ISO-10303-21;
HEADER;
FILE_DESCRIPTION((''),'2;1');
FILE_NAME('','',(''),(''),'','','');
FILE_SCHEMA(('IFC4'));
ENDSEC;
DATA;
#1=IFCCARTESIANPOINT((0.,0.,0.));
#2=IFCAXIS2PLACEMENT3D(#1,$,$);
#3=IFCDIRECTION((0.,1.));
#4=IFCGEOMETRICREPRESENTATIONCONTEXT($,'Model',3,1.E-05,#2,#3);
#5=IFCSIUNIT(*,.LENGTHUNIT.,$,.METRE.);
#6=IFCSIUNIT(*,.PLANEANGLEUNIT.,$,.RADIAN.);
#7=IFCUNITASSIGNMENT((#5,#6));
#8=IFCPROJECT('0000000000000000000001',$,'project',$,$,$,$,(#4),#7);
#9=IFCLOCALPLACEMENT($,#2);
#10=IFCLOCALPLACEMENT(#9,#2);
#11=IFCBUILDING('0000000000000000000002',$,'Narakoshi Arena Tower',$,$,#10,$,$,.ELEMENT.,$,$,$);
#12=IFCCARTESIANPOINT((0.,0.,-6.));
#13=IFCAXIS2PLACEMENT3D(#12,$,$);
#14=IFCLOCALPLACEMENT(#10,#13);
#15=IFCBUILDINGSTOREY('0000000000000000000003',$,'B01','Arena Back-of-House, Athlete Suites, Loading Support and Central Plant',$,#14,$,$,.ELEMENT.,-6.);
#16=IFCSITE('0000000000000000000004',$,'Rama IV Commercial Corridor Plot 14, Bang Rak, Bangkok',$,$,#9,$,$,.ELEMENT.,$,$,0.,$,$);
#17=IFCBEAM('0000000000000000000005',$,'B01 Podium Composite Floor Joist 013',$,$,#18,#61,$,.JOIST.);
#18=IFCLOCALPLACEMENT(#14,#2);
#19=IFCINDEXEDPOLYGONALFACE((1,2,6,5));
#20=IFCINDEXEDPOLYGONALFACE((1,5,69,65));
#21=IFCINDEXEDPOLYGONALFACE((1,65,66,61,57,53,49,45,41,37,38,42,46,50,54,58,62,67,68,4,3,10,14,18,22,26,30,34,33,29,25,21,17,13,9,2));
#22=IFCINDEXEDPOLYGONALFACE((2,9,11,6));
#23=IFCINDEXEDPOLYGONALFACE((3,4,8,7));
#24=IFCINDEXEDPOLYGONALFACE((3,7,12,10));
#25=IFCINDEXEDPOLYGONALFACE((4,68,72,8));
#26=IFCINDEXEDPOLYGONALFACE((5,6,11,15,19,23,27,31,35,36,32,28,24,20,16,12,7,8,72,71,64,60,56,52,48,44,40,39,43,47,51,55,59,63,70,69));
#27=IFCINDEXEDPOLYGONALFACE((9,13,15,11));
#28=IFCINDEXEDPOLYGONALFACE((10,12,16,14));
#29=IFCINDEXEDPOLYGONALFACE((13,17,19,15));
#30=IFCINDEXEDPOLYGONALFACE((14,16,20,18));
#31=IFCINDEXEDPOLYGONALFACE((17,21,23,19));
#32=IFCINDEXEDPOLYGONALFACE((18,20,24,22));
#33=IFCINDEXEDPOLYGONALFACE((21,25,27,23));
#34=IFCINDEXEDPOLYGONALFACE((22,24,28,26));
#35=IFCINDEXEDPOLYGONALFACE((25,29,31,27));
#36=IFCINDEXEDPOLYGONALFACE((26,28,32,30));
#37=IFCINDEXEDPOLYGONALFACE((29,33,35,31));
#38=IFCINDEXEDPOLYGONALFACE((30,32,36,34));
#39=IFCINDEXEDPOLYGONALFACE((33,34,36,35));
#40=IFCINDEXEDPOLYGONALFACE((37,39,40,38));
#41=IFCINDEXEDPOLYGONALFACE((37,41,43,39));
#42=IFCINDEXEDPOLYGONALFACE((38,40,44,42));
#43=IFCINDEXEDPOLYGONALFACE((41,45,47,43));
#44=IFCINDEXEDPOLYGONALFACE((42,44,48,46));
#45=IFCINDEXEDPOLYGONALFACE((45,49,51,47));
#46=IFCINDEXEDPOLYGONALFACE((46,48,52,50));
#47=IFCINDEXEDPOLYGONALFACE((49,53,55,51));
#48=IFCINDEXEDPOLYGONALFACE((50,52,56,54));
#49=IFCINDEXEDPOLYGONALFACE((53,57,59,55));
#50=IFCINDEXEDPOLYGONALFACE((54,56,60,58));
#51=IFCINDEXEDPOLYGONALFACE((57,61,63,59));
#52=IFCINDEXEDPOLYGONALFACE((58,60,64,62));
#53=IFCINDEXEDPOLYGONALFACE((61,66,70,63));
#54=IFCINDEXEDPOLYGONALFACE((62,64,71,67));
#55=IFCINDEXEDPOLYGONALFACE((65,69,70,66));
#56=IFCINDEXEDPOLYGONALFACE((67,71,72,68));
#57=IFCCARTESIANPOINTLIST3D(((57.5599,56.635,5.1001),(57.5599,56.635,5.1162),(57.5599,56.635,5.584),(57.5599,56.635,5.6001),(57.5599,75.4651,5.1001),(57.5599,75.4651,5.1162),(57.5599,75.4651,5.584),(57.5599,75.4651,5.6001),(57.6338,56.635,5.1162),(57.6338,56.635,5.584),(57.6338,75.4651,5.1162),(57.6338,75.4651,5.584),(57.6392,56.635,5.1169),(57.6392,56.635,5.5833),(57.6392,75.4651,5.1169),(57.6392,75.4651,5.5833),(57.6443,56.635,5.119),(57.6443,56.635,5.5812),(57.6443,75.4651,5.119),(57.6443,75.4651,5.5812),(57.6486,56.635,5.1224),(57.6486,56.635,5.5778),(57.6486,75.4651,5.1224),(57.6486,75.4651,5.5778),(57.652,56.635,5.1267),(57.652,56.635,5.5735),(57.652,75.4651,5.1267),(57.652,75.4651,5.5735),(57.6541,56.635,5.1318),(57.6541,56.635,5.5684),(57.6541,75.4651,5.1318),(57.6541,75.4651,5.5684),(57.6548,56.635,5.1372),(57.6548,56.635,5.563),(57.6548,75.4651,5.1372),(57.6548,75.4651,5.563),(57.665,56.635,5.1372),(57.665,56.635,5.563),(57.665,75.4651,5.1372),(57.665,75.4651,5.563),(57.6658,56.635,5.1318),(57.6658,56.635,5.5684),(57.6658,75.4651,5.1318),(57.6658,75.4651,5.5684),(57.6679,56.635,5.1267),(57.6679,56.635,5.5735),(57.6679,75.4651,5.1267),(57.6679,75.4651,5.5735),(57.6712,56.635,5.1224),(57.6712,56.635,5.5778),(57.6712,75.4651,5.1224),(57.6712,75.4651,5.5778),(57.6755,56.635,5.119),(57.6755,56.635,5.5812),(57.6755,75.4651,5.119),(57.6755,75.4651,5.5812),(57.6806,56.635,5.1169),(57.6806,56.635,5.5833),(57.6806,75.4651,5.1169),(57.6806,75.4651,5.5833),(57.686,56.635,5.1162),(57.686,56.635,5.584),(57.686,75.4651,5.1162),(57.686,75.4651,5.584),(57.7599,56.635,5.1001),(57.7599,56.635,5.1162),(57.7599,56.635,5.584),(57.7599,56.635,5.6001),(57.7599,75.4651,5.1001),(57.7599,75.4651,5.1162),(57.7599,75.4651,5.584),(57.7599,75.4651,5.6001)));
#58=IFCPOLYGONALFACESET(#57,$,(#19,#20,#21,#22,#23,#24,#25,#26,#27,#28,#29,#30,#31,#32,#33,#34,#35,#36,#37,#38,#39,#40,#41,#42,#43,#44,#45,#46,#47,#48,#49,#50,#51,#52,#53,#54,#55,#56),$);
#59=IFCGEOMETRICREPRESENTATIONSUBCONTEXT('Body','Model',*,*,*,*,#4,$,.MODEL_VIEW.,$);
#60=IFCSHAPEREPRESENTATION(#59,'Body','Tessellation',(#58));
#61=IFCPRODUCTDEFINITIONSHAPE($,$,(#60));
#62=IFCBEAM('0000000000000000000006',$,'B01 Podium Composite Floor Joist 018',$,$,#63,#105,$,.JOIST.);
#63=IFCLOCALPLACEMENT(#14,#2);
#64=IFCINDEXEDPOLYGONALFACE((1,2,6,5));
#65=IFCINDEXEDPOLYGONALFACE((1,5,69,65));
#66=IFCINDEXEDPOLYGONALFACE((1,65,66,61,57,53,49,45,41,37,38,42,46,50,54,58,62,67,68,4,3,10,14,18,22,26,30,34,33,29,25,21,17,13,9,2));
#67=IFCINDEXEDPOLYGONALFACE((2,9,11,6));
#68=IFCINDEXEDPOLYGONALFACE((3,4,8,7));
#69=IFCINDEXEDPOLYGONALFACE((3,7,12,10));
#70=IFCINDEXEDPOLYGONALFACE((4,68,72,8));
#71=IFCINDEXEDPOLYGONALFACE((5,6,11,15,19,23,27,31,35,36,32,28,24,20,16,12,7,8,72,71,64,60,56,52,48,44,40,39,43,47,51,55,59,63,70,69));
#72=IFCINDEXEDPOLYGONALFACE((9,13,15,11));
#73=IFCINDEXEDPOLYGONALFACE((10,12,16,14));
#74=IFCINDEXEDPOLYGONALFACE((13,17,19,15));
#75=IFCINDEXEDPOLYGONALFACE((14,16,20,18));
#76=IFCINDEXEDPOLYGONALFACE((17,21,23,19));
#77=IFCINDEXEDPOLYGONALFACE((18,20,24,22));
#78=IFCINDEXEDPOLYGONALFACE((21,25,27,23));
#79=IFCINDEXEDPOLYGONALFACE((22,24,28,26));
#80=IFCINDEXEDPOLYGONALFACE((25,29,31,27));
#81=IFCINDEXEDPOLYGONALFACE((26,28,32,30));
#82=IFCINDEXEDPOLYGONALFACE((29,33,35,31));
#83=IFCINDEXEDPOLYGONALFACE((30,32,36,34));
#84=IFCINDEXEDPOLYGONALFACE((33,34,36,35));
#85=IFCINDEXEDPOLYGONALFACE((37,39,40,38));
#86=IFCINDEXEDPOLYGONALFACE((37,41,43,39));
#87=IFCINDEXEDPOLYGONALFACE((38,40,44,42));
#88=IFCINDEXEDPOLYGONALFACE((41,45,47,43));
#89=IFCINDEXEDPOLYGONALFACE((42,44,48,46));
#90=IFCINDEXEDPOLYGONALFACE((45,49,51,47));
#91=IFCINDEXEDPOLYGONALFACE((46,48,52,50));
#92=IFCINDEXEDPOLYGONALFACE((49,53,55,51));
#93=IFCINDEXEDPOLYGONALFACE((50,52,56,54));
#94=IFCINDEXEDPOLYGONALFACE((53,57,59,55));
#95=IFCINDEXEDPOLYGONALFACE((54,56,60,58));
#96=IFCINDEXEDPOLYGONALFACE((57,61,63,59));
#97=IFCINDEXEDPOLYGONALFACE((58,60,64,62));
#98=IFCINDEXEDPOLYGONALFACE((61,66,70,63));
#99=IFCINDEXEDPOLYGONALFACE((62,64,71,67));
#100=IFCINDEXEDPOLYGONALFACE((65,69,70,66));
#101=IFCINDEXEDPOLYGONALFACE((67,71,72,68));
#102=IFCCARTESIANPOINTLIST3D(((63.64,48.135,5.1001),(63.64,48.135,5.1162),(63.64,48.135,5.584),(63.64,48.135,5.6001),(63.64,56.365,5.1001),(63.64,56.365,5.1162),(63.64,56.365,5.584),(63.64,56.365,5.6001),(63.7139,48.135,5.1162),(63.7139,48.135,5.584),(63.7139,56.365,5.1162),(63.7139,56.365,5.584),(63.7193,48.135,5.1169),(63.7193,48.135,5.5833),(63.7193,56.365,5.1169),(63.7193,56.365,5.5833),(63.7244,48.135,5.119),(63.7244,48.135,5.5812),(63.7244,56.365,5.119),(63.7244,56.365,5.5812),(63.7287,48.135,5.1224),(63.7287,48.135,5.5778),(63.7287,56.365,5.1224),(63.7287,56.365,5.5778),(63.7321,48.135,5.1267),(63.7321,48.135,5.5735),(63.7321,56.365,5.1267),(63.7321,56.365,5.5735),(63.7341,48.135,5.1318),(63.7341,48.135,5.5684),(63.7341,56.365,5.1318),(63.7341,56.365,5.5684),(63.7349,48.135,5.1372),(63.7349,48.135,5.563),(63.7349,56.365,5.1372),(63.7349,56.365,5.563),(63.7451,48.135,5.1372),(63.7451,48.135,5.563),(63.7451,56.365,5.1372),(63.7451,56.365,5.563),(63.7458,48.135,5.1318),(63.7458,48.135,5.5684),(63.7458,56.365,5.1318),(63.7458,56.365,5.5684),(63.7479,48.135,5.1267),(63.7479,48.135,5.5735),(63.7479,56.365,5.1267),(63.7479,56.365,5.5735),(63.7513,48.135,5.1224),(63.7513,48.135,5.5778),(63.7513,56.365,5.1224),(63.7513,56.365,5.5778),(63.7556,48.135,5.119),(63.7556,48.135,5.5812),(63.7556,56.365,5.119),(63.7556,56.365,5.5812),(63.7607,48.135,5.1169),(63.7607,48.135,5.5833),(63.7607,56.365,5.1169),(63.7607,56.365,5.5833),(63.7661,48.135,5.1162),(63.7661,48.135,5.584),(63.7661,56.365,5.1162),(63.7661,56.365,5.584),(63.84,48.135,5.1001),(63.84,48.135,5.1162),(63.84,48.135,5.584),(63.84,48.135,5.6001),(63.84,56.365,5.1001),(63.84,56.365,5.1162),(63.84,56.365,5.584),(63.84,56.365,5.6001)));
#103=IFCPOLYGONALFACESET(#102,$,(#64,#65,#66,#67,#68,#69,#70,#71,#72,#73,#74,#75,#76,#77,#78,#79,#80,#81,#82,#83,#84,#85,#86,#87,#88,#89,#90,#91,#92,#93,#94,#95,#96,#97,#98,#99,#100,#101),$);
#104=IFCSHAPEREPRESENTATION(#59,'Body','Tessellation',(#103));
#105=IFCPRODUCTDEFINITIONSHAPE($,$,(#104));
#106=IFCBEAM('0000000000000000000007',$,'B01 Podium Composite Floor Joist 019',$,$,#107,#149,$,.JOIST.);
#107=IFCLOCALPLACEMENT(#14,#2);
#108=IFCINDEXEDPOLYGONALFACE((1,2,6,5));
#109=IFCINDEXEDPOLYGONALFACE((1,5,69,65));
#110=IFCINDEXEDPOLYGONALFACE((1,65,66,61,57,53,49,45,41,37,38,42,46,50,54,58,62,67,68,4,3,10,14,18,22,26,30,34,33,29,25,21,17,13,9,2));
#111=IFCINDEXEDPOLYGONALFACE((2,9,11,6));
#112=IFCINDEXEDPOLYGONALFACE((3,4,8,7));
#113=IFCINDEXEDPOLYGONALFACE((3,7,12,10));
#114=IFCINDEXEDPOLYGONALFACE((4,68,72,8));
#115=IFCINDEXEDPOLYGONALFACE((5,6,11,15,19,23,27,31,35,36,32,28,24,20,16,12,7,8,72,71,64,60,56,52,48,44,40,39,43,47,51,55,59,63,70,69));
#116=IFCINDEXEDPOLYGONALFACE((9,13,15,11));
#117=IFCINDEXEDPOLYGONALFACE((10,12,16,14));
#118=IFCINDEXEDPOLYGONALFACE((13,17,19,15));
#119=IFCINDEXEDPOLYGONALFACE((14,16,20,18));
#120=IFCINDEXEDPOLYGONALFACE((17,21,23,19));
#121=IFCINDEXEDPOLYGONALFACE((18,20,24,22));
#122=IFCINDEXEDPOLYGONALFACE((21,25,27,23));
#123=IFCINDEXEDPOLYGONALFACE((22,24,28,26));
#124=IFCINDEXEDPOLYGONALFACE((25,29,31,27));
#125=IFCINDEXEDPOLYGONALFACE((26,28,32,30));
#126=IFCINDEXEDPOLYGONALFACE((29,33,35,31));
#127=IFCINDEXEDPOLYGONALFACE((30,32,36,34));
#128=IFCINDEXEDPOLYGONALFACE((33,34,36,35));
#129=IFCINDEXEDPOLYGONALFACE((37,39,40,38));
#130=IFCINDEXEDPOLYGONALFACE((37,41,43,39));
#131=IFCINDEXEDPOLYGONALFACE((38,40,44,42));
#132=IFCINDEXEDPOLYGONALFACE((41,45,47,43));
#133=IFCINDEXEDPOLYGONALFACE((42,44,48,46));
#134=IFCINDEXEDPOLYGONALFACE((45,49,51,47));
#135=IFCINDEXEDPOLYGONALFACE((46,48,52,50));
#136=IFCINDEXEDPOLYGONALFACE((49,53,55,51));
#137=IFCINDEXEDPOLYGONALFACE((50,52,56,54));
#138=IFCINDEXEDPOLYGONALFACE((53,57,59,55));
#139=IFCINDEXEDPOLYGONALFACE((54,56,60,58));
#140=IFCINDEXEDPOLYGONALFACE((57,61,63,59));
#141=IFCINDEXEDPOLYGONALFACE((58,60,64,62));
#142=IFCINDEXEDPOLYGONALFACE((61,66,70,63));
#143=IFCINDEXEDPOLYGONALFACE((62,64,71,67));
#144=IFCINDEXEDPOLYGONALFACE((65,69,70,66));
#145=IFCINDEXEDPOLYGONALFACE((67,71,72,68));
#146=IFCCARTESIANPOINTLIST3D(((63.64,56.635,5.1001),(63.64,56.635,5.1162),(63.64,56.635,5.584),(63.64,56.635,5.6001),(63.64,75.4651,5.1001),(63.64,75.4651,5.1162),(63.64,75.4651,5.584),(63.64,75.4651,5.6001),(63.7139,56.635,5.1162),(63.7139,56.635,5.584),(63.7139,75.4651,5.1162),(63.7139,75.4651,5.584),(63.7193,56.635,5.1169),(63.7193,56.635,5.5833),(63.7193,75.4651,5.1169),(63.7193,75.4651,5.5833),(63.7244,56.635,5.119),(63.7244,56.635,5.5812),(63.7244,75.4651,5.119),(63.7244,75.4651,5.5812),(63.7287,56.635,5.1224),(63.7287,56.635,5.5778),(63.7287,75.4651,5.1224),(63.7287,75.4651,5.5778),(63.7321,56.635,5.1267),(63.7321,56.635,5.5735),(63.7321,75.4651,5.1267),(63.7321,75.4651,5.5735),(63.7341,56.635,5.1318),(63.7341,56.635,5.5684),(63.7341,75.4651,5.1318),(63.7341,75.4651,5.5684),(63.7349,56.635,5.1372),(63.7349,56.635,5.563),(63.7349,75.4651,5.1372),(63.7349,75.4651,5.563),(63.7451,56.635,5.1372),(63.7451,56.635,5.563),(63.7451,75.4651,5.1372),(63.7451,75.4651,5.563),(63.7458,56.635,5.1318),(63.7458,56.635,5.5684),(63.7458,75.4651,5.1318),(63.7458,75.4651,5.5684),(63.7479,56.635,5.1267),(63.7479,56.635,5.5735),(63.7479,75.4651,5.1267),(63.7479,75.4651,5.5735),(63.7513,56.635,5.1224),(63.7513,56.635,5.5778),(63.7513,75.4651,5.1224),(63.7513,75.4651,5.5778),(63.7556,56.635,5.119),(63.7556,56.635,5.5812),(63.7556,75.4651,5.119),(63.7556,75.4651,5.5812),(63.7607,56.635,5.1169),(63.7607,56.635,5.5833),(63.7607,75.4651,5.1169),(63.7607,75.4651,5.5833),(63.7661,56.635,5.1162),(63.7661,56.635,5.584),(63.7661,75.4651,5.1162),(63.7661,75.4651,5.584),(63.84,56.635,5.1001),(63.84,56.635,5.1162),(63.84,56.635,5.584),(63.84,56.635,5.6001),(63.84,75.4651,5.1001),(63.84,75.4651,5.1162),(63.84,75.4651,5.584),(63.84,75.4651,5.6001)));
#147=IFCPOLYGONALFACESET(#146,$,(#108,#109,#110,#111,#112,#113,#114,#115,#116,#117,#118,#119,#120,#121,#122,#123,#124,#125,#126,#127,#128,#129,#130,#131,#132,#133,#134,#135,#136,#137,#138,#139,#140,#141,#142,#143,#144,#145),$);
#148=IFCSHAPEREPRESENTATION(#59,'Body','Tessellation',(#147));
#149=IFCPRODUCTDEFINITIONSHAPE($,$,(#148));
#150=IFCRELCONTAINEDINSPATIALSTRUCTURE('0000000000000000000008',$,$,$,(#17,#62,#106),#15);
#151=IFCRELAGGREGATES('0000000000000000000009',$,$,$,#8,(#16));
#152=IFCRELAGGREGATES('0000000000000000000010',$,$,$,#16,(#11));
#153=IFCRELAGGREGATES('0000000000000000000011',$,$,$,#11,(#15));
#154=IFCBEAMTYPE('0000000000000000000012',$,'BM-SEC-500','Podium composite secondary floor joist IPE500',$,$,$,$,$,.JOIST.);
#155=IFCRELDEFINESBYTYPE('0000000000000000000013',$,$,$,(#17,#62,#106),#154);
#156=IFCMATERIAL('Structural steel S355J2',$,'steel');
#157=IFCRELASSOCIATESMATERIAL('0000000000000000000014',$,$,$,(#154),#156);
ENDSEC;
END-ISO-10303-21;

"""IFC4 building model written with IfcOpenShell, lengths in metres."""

from ifc_helpers import new_model, si_unit, direction, frame, origin, origin_2d, place, context, subcontext, project, spatial, i_section, extrude, material, material_profile, profile_set, type_object, element, save


model = new_model("IFC4")

# Units and contexts
model_context = context("Model", 3, precision=1e-05, world=origin(), true_north=direction((0.0, 1.0)))
body_context = subcontext(model_context, "Body", "Model", "MODEL_VIEW")
ifc_project = project(units=[si_unit("LENGTHUNIT", "METRE"), si_unit("PLANEANGLEUNIT", "RADIAN")], contexts=[model_context])

# Site, building, storey
site_placement = place(None, origin())
site = spatial("IfcSite", under=ifc_project, at=site_placement, Name="Rama IV Commercial Corridor Plot 14, Bang Rak, Bangkok", CompositionType="ELEMENT", RefElevation=0.0)
building_placement = place(site_placement, origin())
building = spatial("IfcBuilding", under=site, at=building_placement, Name="Narakoshi Arena Tower", CompositionType="ELEMENT")
storey_placement = place(building_placement, frame((0.0, 0.0, -6.0)))
storey = spatial("IfcBuildingStorey", under=building, at=storey_placement, Name="B01", Description="Arena Back-of-House, Athlete Suites, Loading Support and Central Plant", CompositionType="ELEMENT", Elevation=-6.0)

# Beams
ifc_material_1 = material(Name="Structural steel S355J2", Category="steel")
ifc_material_profile_1 = material_profile(ifc_material_1, i_section(OverallWidth=0.2, OverallDepth=0.5, WebThickness=0.0103, FlangeThickness=0.0161, FilletRadius=0.021, at=origin_2d()), Name="IPE500")
ifc_profile_set_1 = profile_set([ifc_material_profile_1], Name="Structural steel S355J2")
beam_type_1 = type_object("IfcBeamType", Name="BM-SEC-500", Description="Podium composite secondary floor joist IPE500", PredefinedType="JOIST", material=ifc_profile_set_1)
beam_1_placement = place(storey_placement, frame((57.6599, 56.635, 5.3501), z_axis=(0.0, 1.0, 0.0), x_axis=(-1.0, 0.0, 0.0)))
element("IfcBeam", 1, at=beam_1_placement, inside=storey, type_object=beam_type_1, Name="B01 Podium Composite Floor Joist 013", PredefinedType="JOIST", context=body_context, shape_type="SweptSolid", body=[
    extrude(i_section(OverallWidth=0.2, OverallDepth=0.5, WebThickness=0.0103, FlangeThickness=0.0161, FilletRadius=0.021, at=origin_2d()), origin(), (0.0, 0.0, 1.0), 18.8301),
])
beam_2_placement = place(storey_placement, frame((63.74, 48.135, 5.3501), z_axis=(0.0, 1.0, 0.0), x_axis=(-1.0, 0.0, 0.0)))
element("IfcBeam", 2, at=beam_2_placement, inside=storey, type_object=beam_type_1, Name="B01 Podium Composite Floor Joist 018", PredefinedType="JOIST", context=body_context, shape_type="SweptSolid", body=[
    extrude(i_section(OverallWidth=0.2, OverallDepth=0.5, WebThickness=0.0103, FlangeThickness=0.0161, FilletRadius=0.021, at=origin_2d()), origin(), (0.0, 0.0, 1.0), 8.23),
])
beam_3_placement = place(storey_placement, frame((63.74, 56.635, 5.3501), z_axis=(0.0, 1.0, 0.0), x_axis=(-1.0, 0.0, 0.0)))
element("IfcBeam", 3, at=beam_3_placement, inside=storey, type_object=beam_type_1, Name="B01 Podium Composite Floor Joist 019", PredefinedType="JOIST", context=body_context, shape_type="SweptSolid", body=[
    extrude(i_section(OverallWidth=0.2, OverallDepth=0.5, WebThickness=0.0103, FlangeThickness=0.0161, FilletRadius=0.021, at=origin_2d()), origin(), (0.0, 0.0, 1.0), 18.8301),
])

save(model, "model.ifc")
